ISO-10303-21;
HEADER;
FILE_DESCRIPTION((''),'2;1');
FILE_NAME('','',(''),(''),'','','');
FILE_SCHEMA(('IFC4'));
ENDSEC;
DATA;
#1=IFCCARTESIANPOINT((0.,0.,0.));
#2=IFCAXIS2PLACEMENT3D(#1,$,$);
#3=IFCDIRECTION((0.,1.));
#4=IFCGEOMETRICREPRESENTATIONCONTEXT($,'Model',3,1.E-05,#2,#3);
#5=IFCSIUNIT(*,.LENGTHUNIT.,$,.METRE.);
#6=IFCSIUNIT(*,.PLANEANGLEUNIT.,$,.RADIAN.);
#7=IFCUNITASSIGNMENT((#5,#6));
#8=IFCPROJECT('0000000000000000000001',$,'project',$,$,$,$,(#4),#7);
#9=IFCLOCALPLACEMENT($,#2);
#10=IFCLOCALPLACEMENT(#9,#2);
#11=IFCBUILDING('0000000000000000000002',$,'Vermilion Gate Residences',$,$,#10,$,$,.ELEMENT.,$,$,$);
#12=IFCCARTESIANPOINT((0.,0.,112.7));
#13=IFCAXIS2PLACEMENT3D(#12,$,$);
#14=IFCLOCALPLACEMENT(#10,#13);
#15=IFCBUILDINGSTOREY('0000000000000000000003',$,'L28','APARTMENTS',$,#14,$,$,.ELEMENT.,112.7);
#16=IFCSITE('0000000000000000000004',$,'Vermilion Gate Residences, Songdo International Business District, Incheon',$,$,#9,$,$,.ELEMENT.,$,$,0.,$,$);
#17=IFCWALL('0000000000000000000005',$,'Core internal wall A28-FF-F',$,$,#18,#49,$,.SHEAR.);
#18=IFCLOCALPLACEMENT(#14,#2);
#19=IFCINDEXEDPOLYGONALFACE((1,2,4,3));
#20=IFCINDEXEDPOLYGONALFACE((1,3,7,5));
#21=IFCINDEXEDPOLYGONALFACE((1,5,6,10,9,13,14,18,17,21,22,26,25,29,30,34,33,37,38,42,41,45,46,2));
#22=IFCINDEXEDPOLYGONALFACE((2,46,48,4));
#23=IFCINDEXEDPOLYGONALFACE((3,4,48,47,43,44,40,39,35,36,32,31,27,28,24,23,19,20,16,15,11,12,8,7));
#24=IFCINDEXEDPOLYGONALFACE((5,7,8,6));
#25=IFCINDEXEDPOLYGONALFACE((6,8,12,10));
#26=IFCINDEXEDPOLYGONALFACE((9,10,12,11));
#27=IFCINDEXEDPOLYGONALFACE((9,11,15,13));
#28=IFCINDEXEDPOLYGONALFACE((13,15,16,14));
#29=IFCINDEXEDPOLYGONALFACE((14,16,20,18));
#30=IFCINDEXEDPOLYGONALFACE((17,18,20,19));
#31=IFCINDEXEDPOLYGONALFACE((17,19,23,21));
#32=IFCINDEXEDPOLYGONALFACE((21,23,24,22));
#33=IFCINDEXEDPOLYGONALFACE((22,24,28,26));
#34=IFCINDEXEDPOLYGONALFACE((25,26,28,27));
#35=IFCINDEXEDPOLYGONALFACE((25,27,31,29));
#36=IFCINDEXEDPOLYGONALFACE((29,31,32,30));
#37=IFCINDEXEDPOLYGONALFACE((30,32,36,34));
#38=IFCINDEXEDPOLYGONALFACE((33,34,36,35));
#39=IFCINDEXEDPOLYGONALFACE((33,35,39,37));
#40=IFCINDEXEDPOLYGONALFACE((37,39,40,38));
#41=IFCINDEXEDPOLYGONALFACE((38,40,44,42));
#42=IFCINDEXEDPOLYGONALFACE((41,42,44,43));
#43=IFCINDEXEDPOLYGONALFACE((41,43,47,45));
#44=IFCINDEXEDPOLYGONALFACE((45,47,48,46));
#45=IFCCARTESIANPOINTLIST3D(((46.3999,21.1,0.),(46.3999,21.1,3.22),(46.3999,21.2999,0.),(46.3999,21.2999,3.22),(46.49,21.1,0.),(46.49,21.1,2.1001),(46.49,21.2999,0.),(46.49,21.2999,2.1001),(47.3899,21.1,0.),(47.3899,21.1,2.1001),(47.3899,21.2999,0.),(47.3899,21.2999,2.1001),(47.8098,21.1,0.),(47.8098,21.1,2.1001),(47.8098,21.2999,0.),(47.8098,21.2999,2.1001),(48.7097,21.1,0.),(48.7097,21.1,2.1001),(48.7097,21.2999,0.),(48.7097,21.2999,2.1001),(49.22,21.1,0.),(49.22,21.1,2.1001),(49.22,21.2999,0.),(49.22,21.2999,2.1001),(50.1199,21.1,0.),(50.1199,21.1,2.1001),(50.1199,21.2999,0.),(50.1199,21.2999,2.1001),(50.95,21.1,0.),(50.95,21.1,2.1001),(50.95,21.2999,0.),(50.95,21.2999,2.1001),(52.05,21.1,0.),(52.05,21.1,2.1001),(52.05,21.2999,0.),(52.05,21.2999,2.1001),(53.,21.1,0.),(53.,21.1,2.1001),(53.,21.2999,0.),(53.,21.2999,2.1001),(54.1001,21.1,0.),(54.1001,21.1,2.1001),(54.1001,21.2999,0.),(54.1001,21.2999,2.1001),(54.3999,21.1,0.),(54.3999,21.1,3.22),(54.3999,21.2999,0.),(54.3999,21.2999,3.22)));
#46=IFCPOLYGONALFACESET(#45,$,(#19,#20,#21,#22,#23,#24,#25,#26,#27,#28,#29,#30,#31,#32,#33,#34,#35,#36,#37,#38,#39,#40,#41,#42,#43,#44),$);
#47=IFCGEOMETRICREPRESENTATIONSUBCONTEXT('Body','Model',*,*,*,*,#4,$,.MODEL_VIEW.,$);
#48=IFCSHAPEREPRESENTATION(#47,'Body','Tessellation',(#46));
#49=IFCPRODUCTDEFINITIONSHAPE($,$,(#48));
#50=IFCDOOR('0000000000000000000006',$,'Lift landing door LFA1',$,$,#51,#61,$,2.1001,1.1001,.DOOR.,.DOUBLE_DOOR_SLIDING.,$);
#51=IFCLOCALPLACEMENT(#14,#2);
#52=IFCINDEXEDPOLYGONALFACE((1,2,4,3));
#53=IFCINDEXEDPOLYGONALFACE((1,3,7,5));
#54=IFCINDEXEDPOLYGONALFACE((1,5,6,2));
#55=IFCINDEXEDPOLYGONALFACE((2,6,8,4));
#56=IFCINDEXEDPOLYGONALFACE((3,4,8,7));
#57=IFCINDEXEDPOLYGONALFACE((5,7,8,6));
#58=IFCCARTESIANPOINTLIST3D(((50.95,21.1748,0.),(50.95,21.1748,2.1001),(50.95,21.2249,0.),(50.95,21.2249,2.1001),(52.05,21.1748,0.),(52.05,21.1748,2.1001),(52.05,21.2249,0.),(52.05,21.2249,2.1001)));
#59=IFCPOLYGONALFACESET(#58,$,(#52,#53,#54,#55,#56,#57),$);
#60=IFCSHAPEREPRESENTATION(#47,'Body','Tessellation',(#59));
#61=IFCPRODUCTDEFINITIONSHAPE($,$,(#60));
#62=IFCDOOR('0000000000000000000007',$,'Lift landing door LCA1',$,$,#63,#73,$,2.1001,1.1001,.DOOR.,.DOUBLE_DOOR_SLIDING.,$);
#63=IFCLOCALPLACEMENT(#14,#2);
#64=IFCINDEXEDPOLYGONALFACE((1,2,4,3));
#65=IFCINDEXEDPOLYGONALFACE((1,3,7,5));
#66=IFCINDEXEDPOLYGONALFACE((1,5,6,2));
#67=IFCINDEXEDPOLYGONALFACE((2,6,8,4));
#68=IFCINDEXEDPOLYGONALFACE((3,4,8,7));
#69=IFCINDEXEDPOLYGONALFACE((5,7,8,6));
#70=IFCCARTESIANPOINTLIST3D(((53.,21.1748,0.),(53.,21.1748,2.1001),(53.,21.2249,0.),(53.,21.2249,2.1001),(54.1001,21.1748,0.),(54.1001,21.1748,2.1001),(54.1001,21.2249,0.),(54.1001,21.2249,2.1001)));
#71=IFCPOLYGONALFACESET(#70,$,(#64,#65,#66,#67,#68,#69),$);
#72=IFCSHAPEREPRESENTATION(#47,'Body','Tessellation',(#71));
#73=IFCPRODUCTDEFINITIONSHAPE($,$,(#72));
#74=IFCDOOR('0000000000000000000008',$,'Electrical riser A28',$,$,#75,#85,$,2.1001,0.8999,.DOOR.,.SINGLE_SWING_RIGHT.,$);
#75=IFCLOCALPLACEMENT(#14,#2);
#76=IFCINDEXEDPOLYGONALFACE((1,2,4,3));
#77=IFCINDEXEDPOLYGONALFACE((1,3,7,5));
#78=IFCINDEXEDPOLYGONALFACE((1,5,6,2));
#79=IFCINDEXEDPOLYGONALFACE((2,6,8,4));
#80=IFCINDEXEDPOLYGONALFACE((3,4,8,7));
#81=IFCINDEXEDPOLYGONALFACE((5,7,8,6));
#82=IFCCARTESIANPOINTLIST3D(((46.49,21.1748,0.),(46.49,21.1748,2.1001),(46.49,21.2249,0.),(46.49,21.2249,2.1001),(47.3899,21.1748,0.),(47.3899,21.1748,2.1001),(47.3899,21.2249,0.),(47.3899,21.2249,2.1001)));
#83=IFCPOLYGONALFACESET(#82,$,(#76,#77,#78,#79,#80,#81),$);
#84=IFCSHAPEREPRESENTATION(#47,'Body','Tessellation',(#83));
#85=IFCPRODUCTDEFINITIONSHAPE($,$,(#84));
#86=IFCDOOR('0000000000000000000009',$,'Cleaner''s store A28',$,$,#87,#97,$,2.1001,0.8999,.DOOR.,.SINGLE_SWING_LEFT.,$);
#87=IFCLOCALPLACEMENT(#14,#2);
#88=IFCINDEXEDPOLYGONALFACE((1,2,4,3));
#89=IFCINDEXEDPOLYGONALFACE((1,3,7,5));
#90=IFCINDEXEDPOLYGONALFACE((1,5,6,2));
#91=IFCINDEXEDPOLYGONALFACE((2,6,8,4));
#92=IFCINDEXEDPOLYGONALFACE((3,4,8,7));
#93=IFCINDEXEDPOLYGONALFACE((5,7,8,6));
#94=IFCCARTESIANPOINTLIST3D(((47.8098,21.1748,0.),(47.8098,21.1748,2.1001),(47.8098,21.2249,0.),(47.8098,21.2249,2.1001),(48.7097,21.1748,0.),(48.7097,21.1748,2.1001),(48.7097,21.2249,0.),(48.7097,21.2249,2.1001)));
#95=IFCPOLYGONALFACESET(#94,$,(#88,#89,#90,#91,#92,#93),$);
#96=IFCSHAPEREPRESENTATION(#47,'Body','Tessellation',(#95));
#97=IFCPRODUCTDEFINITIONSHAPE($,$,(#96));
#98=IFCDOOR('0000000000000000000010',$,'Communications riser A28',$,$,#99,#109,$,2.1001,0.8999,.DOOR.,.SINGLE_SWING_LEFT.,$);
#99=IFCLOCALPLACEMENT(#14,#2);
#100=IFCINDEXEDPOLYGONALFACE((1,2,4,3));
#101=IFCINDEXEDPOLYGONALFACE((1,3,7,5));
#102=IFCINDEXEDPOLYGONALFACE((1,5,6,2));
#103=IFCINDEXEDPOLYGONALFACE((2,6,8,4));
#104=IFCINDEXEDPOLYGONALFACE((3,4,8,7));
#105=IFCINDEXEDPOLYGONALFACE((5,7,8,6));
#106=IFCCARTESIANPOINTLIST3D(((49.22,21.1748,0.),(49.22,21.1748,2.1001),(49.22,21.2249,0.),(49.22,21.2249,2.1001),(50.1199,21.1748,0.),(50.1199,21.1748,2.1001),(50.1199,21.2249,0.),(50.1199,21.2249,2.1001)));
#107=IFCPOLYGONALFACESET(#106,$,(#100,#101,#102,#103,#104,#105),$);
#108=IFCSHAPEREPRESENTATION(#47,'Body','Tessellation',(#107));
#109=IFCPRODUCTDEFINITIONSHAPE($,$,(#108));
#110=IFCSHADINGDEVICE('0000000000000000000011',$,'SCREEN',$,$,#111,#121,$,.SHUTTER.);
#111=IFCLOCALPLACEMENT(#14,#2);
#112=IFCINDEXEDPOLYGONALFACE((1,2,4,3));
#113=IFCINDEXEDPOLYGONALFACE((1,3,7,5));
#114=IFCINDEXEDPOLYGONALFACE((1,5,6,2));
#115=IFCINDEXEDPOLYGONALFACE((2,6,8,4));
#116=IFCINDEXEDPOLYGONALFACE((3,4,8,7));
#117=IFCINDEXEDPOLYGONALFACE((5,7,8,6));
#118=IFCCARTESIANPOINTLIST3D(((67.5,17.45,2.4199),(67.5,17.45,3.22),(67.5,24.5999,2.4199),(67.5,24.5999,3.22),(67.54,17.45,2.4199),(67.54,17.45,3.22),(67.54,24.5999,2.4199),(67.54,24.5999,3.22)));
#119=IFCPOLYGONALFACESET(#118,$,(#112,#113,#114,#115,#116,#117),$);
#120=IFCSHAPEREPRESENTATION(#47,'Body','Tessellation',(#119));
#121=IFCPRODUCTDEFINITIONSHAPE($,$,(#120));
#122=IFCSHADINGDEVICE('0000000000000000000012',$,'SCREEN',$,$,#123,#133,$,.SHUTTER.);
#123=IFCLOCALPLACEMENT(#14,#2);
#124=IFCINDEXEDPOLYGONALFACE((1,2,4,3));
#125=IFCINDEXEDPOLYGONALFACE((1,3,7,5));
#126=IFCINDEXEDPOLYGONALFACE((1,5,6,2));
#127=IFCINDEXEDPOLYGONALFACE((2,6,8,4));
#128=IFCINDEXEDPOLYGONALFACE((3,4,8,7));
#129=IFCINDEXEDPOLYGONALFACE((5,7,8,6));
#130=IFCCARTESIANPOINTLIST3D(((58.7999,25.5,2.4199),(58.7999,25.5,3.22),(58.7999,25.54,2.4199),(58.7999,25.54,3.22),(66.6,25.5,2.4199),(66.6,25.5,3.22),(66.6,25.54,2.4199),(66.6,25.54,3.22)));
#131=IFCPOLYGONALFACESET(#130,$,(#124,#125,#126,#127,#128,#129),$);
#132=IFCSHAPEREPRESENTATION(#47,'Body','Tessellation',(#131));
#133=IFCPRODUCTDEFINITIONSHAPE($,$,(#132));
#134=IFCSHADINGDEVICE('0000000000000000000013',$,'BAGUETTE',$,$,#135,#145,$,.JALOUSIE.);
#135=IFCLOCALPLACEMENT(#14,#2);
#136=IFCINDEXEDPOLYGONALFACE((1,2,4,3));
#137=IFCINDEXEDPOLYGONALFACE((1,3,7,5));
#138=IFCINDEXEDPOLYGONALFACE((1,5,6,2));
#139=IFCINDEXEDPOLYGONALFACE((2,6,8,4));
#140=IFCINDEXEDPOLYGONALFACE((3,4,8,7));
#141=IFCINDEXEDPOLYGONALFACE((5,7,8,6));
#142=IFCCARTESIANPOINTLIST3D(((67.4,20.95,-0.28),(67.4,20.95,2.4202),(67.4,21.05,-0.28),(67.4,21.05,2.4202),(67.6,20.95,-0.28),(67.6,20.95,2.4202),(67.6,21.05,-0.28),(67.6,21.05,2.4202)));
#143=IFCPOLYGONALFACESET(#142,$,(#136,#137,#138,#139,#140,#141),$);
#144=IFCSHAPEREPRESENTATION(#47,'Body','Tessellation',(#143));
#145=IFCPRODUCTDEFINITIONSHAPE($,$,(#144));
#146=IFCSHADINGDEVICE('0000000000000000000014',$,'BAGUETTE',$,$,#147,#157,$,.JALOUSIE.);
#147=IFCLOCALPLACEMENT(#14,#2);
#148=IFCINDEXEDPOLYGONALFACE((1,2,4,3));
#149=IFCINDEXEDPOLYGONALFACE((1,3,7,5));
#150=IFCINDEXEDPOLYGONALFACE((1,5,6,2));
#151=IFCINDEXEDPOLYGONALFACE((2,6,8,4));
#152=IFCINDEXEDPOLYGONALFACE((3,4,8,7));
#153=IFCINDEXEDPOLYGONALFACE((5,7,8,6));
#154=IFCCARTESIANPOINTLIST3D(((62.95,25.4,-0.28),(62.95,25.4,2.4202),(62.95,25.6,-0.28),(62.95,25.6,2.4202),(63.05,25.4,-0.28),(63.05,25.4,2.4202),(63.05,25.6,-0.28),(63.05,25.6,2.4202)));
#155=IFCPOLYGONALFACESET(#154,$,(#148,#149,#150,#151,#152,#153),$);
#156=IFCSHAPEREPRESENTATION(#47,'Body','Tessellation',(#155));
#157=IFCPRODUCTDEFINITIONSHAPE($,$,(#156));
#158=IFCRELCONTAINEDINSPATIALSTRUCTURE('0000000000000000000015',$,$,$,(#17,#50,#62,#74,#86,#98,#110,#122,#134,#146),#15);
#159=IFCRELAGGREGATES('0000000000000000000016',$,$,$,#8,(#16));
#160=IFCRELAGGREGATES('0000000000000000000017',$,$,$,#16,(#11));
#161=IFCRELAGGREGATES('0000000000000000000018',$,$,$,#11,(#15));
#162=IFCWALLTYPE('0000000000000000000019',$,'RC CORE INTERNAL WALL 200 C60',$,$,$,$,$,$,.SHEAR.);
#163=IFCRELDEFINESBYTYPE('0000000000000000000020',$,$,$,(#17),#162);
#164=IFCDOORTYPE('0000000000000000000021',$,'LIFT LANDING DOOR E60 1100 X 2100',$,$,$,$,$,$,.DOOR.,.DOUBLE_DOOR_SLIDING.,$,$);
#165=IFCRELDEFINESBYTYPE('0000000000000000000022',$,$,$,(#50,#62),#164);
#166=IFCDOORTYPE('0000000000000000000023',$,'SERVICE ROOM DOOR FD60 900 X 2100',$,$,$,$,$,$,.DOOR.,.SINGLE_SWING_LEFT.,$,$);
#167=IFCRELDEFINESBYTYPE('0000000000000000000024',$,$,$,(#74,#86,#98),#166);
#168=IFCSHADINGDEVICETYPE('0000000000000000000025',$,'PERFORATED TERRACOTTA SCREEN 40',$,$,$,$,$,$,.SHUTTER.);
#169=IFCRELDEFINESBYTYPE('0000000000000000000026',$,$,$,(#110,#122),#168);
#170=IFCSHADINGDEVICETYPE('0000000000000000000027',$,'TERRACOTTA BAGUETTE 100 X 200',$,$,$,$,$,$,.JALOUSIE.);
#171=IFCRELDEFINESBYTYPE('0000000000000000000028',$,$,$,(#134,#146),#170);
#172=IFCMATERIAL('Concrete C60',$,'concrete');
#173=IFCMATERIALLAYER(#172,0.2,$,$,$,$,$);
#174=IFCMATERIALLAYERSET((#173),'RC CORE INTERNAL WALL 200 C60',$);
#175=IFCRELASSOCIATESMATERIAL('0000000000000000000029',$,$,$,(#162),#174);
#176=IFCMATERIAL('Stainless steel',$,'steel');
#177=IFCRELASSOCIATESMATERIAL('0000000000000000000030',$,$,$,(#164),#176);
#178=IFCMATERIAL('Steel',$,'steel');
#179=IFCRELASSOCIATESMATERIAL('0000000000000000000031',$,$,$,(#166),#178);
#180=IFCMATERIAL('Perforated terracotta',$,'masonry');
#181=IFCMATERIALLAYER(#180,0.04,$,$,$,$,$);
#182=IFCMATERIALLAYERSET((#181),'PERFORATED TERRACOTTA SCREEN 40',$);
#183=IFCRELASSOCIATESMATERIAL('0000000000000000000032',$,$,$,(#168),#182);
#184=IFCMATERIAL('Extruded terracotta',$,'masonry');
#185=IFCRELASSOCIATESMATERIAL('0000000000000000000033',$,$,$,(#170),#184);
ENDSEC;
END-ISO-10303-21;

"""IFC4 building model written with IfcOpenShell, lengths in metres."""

from ifc_helpers import new_model, si_unit, direction, frame, frame_2d, origin, origin_2d, place, context, subcontext, project, spatial, rectangle, extrude, material, layer, layer_set, material_profile, profile_set, type_object, element, fill, save


model = new_model("IFC4")

# Units and contexts
model_context = context("Model", 3, precision=1e-05, world=origin(), true_north=direction((0.0, 1.0)))
body_context = subcontext(model_context, "Body", "Model", "MODEL_VIEW")
ifc_project = project(units=[si_unit("LENGTHUNIT", "METRE"), si_unit("PLANEANGLEUNIT", "RADIAN")], contexts=[model_context])

# Site, building, storey
site_placement = place(None, origin())
site = spatial("IfcSite", under=ifc_project, at=site_placement, Name="Vermilion Gate Residences, Songdo International Business District, Incheon", CompositionType="ELEMENT", RefElevation=0.0)
building_placement = place(site_placement, origin())
building = spatial("IfcBuilding", under=site, at=building_placement, Name="Vermilion Gate Residences", CompositionType="ELEMENT")
storey_placement = place(building_placement, frame((0.0, 0.0, 112.7)))
storey = spatial("IfcBuildingStorey", under=building, at=storey_placement, Name="L28", Description="APARTMENTS", CompositionType="ELEMENT", Elevation=112.7)

# Shared definitions
ifc_material_1 = material(Name="Concrete C60", Category="concrete")
ifc_layer_1 = layer(ifc_material_1, 0.2)
ifc_layer_set_1 = layer_set([ifc_layer_1], Name="RC CORE INTERNAL WALL 200 C60")
wall_type_1 = type_object("IfcWallType", Name="RC CORE INTERNAL WALL 200 C60", PredefinedType="SHEAR", material=ifc_layer_set_1)

# Wall, openings, doors
wall_1_placement = place(storey_placement, frame((46.3999, 21.2, 0.0), z_axis=(0.0, 0.0, 1.0), x_axis=(1.0, 0.0, 0.0)))
wall_1 = element("IfcWall", 1, at=wall_1_placement, inside=storey, type_object=wall_type_1, Name="Core internal wall A28-FF-F", PredefinedType="SHEAR", context=body_context, shape_type="SweptSolid", body=[
    extrude(rectangle(XDim=8.0, YDim=0.2, at=frame_2d((4.0, 0.0))), origin(), (0.0, 0.0, 1.0), 3.22),
])
opening_1_placement = place(wall_1_placement, frame((0.0901, 0.0, 0.0)))
opening_1 = element("IfcOpeningElement", 2, at=opening_1_placement, cuts=wall_1, PredefinedType="OPENING", context=body_context, shape_type="SweptSolid", body=[
    extrude(rectangle(XDim=0.8999, YDim=2.1001, at=frame_2d((0.45, 1.05))), frame((0.0, 0.1099, 0.0), z_axis=(0.0, -1.0, 0.0), x_axis=(1.0, 0.0, 0.0)), (0.0, 0.0, 1.0), 0.22),
])
opening_2_placement = place(wall_1_placement, frame((1.4099, 0.0, 0.0)))
opening_2 = element("IfcOpeningElement", 3, at=opening_2_placement, cuts=wall_1, PredefinedType="OPENING", context=body_context, shape_type="SweptSolid", body=[
    extrude(rectangle(XDim=0.8999, YDim=2.1001, at=frame_2d((0.45, 1.05))), frame((0.0, 0.1099, 0.0), z_axis=(0.0, -1.0, 0.0), x_axis=(1.0, 0.0, 0.0)), (0.0, 0.0, 1.0), 0.22),
])
opening_3_placement = place(wall_1_placement, frame((2.8201, 0.0, 0.0)))
opening_3 = element("IfcOpeningElement", 4, at=opening_3_placement, cuts=wall_1, PredefinedType="OPENING", context=body_context, shape_type="SweptSolid", body=[
    extrude(rectangle(XDim=0.8999, YDim=2.1001, at=frame_2d((0.45, 1.05))), frame((0.0, 0.1099, 0.0), z_axis=(0.0, -1.0, 0.0), x_axis=(1.0, 0.0, 0.0)), (0.0, 0.0, 1.0), 0.22),
])
opening_4_placement = place(wall_1_placement, frame((4.55, 0.0, 0.0)))
opening_4 = element("IfcOpeningElement", 5, at=opening_4_placement, cuts=wall_1, PredefinedType="OPENING", context=body_context, shape_type="SweptSolid", body=[
    extrude(rectangle(XDim=1.1001, YDim=2.1001, at=frame_2d((0.55, 1.05))), frame((0.0, 0.1099, 0.0), z_axis=(0.0, -1.0, 0.0), x_axis=(1.0, 0.0, 0.0)), (0.0, 0.0, 1.0), 0.22),
])
opening_5_placement = place(wall_1_placement, frame((6.6001, 0.0, 0.0)))
opening_5 = element("IfcOpeningElement", 6, at=opening_5_placement, cuts=wall_1, PredefinedType="OPENING", context=body_context, shape_type="SweptSolid", body=[
    extrude(rectangle(XDim=1.1001, YDim=2.1001, at=frame_2d((0.55, 1.05))), frame((0.0, 0.1099, 0.0), z_axis=(0.0, -1.0, 0.0), x_axis=(1.0, 0.0, 0.0)), (0.0, 0.0, 1.0), 0.22),
])
ifc_material_2 = material(Name="Stainless steel", Category="steel")
door_type_1 = type_object("IfcDoorType", Name="LIFT LANDING DOOR E60 1100 X 2100", OperationType="DOUBLE_DOOR_SLIDING", PredefinedType="DOOR", material=ifc_material_2)
door_1_placement = place(opening_4_placement, origin())
door_1 = element("IfcDoor", 7, at=door_1_placement, inside=storey, type_object=door_type_1, Name="Lift landing door LFA1", OperationType="DOUBLE_DOOR_SLIDING", OverallHeight=2.1001, OverallWidth=1.1001, PredefinedType="DOOR", context=body_context, shape_type="SweptSolid", body=[
    extrude(rectangle(XDim=1.1001, YDim=2.1001, at=frame_2d((0.55, 1.05))), frame((0.0, 0.0249, 0.0), z_axis=(0.0, -1.0, 0.0), x_axis=(1.0, 0.0, 0.0)), (0.0, 0.0, 1.0), 0.05),
])
fill(opening_4, door_1)
door_2_placement = place(opening_5_placement, origin())
door_2 = element("IfcDoor", 8, at=door_2_placement, inside=storey, type_object=door_type_1, Name="Lift landing door LCA1", OperationType="DOUBLE_DOOR_SLIDING", OverallHeight=2.1001, OverallWidth=1.1001, PredefinedType="DOOR", context=body_context, shape_type="SweptSolid", body=[
    extrude(rectangle(XDim=1.1001, YDim=2.1001, at=frame_2d((0.55, 1.05))), frame((0.0, 0.0249, 0.0), z_axis=(0.0, -1.0, 0.0), x_axis=(1.0, 0.0, 0.0)), (0.0, 0.0, 1.0), 0.05),
])
fill(opening_5, door_2)
ifc_material_3 = material(Name="Steel", Category="steel")
door_type_2 = type_object("IfcDoorType", Name="SERVICE ROOM DOOR FD60 900 X 2100", OperationType="SINGLE_SWING_LEFT", PredefinedType="DOOR", material=ifc_material_3)
door_3_placement = place(opening_1_placement, origin())
door_3 = element("IfcDoor", 9, at=door_3_placement, inside=storey, type_object=door_type_2, Name="Electrical riser A28", OperationType="SINGLE_SWING_RIGHT", OverallHeight=2.1001, OverallWidth=0.8999, PredefinedType="DOOR", context=body_context, shape_type="SweptSolid", body=[
    extrude(rectangle(XDim=0.8999, YDim=2.1001, at=frame_2d((0.45, 1.05))), frame((0.0, 0.0249, 0.0), z_axis=(0.0, -1.0, 0.0), x_axis=(1.0, 0.0, 0.0)), (0.0, 0.0, 1.0), 0.05),
])
fill(opening_1, door_3)
door_4_placement = place(opening_2_placement, origin())
door_4 = element("IfcDoor", 10, at=door_4_placement, inside=storey, type_object=door_type_2, Name="Cleaner's store A28", OperationType="SINGLE_SWING_LEFT", OverallHeight=2.1001, OverallWidth=0.8999, PredefinedType="DOOR", context=body_context, shape_type="SweptSolid", body=[
    extrude(rectangle(XDim=0.8999, YDim=2.1001, at=frame_2d((0.45, 1.05))), frame((0.0, 0.0249, 0.0), z_axis=(0.0, -1.0, 0.0), x_axis=(1.0, 0.0, 0.0)), (0.0, 0.0, 1.0), 0.05),
])
fill(opening_2, door_4)
door_5_placement = place(opening_3_placement, origin())
door_5 = element("IfcDoor", 11, at=door_5_placement, inside=storey, type_object=door_type_2, Name="Communications riser A28", OperationType="SINGLE_SWING_LEFT", OverallHeight=2.1001, OverallWidth=0.8999, PredefinedType="DOOR", context=body_context, shape_type="SweptSolid", body=[
    extrude(rectangle(XDim=0.8999, YDim=2.1001, at=frame_2d((0.45, 1.05))), frame((0.0, 0.0249, 0.0), z_axis=(0.0, -1.0, 0.0), x_axis=(1.0, 0.0, 0.0)), (0.0, 0.0, 1.0), 0.05),
])
fill(opening_3, door_5)

# Shading devices
ifc_material_4 = material(Name="Perforated terracotta", Category="masonry")
ifc_layer_2 = layer(ifc_material_4, 0.04)
ifc_layer_set_2 = layer_set([ifc_layer_2], Name="PERFORATED TERRACOTTA SCREEN 40")
shading_device_type_1 = type_object("IfcShadingDeviceType", Name="PERFORATED TERRACOTTA SCREEN 40", PredefinedType="SHUTTER", material=ifc_layer_set_2)
shading_device_1_placement = place(storey_placement, frame((67.52, 21.0249, 2.4199), z_axis=(0.0, 0.0, 1.0), x_axis=(0.0, 1.0, 0.0)))
element("IfcShadingDevice", 12, at=shading_device_1_placement, inside=storey, type_object=shading_device_type_1, Name="SCREEN", PredefinedType="SHUTTER", context=body_context, shape_type="SweptSolid", body=[
    extrude(rectangle(XDim=7.1499, YDim=0.04, at=origin_2d()), origin(), (0.0, 0.0, 1.0), 0.8),
])
shading_device_2_placement = place(storey_placement, frame((62.7, 25.52, 2.4199), z_axis=(0.0, 0.0, 1.0), x_axis=(-1.0, 0.0, 0.0)))
element("IfcShadingDevice", 13, at=shading_device_2_placement, inside=storey, type_object=shading_device_type_1, Name="SCREEN", PredefinedType="SHUTTER", context=body_context, shape_type="SweptSolid", body=[
    extrude(rectangle(XDim=7.8, YDim=0.04, at=origin_2d()), origin(), (0.0, 0.0, 1.0), 0.8),
])
ifc_material_5 = material(Name="Extruded terracotta", Category="masonry")
ifc_material_profile_1 = material_profile(ifc_material_5, rectangle(XDim=0.2, YDim=0.1001, at=origin_2d()), Name="BAGUETTE 100 X 200")
ifc_profile_set_1 = profile_set([ifc_material_profile_1], Name="Extruded terracotta")
shading_device_type_2 = type_object("IfcShadingDeviceType", Name="TERRACOTTA BAGUETTE 100 X 200", PredefinedType="JALOUSIE", material=ifc_profile_set_1)
for number, where, z_axis, x_axis, name in (
    (14, (67.5, 21.0, -0.28), (0.0, 0.0, 1.0), (-1.0, 0.0, 0.0), "BAGUETTE"),
    (15, (63.0, 25.5, -0.28), (0.0, 0.0, 1.0), (0.0, -1.0, 0.0), "BAGUETTE"),
):
    element("IfcShadingDevice", number, at=place(storey_placement, frame(where, z_axis=z_axis, x_axis=x_axis)), inside=storey, type_object=shading_device_type_2, Name=name, PredefinedType="JALOUSIE", context=body_context, shape_type="SweptSolid", body=[
        extrude(rectangle(XDim=0.2, YDim=0.1001, at=origin_2d()), origin(), (0.0, 0.0, 1.0), 2.7002),
    ])

save(model, "model.ifc")
